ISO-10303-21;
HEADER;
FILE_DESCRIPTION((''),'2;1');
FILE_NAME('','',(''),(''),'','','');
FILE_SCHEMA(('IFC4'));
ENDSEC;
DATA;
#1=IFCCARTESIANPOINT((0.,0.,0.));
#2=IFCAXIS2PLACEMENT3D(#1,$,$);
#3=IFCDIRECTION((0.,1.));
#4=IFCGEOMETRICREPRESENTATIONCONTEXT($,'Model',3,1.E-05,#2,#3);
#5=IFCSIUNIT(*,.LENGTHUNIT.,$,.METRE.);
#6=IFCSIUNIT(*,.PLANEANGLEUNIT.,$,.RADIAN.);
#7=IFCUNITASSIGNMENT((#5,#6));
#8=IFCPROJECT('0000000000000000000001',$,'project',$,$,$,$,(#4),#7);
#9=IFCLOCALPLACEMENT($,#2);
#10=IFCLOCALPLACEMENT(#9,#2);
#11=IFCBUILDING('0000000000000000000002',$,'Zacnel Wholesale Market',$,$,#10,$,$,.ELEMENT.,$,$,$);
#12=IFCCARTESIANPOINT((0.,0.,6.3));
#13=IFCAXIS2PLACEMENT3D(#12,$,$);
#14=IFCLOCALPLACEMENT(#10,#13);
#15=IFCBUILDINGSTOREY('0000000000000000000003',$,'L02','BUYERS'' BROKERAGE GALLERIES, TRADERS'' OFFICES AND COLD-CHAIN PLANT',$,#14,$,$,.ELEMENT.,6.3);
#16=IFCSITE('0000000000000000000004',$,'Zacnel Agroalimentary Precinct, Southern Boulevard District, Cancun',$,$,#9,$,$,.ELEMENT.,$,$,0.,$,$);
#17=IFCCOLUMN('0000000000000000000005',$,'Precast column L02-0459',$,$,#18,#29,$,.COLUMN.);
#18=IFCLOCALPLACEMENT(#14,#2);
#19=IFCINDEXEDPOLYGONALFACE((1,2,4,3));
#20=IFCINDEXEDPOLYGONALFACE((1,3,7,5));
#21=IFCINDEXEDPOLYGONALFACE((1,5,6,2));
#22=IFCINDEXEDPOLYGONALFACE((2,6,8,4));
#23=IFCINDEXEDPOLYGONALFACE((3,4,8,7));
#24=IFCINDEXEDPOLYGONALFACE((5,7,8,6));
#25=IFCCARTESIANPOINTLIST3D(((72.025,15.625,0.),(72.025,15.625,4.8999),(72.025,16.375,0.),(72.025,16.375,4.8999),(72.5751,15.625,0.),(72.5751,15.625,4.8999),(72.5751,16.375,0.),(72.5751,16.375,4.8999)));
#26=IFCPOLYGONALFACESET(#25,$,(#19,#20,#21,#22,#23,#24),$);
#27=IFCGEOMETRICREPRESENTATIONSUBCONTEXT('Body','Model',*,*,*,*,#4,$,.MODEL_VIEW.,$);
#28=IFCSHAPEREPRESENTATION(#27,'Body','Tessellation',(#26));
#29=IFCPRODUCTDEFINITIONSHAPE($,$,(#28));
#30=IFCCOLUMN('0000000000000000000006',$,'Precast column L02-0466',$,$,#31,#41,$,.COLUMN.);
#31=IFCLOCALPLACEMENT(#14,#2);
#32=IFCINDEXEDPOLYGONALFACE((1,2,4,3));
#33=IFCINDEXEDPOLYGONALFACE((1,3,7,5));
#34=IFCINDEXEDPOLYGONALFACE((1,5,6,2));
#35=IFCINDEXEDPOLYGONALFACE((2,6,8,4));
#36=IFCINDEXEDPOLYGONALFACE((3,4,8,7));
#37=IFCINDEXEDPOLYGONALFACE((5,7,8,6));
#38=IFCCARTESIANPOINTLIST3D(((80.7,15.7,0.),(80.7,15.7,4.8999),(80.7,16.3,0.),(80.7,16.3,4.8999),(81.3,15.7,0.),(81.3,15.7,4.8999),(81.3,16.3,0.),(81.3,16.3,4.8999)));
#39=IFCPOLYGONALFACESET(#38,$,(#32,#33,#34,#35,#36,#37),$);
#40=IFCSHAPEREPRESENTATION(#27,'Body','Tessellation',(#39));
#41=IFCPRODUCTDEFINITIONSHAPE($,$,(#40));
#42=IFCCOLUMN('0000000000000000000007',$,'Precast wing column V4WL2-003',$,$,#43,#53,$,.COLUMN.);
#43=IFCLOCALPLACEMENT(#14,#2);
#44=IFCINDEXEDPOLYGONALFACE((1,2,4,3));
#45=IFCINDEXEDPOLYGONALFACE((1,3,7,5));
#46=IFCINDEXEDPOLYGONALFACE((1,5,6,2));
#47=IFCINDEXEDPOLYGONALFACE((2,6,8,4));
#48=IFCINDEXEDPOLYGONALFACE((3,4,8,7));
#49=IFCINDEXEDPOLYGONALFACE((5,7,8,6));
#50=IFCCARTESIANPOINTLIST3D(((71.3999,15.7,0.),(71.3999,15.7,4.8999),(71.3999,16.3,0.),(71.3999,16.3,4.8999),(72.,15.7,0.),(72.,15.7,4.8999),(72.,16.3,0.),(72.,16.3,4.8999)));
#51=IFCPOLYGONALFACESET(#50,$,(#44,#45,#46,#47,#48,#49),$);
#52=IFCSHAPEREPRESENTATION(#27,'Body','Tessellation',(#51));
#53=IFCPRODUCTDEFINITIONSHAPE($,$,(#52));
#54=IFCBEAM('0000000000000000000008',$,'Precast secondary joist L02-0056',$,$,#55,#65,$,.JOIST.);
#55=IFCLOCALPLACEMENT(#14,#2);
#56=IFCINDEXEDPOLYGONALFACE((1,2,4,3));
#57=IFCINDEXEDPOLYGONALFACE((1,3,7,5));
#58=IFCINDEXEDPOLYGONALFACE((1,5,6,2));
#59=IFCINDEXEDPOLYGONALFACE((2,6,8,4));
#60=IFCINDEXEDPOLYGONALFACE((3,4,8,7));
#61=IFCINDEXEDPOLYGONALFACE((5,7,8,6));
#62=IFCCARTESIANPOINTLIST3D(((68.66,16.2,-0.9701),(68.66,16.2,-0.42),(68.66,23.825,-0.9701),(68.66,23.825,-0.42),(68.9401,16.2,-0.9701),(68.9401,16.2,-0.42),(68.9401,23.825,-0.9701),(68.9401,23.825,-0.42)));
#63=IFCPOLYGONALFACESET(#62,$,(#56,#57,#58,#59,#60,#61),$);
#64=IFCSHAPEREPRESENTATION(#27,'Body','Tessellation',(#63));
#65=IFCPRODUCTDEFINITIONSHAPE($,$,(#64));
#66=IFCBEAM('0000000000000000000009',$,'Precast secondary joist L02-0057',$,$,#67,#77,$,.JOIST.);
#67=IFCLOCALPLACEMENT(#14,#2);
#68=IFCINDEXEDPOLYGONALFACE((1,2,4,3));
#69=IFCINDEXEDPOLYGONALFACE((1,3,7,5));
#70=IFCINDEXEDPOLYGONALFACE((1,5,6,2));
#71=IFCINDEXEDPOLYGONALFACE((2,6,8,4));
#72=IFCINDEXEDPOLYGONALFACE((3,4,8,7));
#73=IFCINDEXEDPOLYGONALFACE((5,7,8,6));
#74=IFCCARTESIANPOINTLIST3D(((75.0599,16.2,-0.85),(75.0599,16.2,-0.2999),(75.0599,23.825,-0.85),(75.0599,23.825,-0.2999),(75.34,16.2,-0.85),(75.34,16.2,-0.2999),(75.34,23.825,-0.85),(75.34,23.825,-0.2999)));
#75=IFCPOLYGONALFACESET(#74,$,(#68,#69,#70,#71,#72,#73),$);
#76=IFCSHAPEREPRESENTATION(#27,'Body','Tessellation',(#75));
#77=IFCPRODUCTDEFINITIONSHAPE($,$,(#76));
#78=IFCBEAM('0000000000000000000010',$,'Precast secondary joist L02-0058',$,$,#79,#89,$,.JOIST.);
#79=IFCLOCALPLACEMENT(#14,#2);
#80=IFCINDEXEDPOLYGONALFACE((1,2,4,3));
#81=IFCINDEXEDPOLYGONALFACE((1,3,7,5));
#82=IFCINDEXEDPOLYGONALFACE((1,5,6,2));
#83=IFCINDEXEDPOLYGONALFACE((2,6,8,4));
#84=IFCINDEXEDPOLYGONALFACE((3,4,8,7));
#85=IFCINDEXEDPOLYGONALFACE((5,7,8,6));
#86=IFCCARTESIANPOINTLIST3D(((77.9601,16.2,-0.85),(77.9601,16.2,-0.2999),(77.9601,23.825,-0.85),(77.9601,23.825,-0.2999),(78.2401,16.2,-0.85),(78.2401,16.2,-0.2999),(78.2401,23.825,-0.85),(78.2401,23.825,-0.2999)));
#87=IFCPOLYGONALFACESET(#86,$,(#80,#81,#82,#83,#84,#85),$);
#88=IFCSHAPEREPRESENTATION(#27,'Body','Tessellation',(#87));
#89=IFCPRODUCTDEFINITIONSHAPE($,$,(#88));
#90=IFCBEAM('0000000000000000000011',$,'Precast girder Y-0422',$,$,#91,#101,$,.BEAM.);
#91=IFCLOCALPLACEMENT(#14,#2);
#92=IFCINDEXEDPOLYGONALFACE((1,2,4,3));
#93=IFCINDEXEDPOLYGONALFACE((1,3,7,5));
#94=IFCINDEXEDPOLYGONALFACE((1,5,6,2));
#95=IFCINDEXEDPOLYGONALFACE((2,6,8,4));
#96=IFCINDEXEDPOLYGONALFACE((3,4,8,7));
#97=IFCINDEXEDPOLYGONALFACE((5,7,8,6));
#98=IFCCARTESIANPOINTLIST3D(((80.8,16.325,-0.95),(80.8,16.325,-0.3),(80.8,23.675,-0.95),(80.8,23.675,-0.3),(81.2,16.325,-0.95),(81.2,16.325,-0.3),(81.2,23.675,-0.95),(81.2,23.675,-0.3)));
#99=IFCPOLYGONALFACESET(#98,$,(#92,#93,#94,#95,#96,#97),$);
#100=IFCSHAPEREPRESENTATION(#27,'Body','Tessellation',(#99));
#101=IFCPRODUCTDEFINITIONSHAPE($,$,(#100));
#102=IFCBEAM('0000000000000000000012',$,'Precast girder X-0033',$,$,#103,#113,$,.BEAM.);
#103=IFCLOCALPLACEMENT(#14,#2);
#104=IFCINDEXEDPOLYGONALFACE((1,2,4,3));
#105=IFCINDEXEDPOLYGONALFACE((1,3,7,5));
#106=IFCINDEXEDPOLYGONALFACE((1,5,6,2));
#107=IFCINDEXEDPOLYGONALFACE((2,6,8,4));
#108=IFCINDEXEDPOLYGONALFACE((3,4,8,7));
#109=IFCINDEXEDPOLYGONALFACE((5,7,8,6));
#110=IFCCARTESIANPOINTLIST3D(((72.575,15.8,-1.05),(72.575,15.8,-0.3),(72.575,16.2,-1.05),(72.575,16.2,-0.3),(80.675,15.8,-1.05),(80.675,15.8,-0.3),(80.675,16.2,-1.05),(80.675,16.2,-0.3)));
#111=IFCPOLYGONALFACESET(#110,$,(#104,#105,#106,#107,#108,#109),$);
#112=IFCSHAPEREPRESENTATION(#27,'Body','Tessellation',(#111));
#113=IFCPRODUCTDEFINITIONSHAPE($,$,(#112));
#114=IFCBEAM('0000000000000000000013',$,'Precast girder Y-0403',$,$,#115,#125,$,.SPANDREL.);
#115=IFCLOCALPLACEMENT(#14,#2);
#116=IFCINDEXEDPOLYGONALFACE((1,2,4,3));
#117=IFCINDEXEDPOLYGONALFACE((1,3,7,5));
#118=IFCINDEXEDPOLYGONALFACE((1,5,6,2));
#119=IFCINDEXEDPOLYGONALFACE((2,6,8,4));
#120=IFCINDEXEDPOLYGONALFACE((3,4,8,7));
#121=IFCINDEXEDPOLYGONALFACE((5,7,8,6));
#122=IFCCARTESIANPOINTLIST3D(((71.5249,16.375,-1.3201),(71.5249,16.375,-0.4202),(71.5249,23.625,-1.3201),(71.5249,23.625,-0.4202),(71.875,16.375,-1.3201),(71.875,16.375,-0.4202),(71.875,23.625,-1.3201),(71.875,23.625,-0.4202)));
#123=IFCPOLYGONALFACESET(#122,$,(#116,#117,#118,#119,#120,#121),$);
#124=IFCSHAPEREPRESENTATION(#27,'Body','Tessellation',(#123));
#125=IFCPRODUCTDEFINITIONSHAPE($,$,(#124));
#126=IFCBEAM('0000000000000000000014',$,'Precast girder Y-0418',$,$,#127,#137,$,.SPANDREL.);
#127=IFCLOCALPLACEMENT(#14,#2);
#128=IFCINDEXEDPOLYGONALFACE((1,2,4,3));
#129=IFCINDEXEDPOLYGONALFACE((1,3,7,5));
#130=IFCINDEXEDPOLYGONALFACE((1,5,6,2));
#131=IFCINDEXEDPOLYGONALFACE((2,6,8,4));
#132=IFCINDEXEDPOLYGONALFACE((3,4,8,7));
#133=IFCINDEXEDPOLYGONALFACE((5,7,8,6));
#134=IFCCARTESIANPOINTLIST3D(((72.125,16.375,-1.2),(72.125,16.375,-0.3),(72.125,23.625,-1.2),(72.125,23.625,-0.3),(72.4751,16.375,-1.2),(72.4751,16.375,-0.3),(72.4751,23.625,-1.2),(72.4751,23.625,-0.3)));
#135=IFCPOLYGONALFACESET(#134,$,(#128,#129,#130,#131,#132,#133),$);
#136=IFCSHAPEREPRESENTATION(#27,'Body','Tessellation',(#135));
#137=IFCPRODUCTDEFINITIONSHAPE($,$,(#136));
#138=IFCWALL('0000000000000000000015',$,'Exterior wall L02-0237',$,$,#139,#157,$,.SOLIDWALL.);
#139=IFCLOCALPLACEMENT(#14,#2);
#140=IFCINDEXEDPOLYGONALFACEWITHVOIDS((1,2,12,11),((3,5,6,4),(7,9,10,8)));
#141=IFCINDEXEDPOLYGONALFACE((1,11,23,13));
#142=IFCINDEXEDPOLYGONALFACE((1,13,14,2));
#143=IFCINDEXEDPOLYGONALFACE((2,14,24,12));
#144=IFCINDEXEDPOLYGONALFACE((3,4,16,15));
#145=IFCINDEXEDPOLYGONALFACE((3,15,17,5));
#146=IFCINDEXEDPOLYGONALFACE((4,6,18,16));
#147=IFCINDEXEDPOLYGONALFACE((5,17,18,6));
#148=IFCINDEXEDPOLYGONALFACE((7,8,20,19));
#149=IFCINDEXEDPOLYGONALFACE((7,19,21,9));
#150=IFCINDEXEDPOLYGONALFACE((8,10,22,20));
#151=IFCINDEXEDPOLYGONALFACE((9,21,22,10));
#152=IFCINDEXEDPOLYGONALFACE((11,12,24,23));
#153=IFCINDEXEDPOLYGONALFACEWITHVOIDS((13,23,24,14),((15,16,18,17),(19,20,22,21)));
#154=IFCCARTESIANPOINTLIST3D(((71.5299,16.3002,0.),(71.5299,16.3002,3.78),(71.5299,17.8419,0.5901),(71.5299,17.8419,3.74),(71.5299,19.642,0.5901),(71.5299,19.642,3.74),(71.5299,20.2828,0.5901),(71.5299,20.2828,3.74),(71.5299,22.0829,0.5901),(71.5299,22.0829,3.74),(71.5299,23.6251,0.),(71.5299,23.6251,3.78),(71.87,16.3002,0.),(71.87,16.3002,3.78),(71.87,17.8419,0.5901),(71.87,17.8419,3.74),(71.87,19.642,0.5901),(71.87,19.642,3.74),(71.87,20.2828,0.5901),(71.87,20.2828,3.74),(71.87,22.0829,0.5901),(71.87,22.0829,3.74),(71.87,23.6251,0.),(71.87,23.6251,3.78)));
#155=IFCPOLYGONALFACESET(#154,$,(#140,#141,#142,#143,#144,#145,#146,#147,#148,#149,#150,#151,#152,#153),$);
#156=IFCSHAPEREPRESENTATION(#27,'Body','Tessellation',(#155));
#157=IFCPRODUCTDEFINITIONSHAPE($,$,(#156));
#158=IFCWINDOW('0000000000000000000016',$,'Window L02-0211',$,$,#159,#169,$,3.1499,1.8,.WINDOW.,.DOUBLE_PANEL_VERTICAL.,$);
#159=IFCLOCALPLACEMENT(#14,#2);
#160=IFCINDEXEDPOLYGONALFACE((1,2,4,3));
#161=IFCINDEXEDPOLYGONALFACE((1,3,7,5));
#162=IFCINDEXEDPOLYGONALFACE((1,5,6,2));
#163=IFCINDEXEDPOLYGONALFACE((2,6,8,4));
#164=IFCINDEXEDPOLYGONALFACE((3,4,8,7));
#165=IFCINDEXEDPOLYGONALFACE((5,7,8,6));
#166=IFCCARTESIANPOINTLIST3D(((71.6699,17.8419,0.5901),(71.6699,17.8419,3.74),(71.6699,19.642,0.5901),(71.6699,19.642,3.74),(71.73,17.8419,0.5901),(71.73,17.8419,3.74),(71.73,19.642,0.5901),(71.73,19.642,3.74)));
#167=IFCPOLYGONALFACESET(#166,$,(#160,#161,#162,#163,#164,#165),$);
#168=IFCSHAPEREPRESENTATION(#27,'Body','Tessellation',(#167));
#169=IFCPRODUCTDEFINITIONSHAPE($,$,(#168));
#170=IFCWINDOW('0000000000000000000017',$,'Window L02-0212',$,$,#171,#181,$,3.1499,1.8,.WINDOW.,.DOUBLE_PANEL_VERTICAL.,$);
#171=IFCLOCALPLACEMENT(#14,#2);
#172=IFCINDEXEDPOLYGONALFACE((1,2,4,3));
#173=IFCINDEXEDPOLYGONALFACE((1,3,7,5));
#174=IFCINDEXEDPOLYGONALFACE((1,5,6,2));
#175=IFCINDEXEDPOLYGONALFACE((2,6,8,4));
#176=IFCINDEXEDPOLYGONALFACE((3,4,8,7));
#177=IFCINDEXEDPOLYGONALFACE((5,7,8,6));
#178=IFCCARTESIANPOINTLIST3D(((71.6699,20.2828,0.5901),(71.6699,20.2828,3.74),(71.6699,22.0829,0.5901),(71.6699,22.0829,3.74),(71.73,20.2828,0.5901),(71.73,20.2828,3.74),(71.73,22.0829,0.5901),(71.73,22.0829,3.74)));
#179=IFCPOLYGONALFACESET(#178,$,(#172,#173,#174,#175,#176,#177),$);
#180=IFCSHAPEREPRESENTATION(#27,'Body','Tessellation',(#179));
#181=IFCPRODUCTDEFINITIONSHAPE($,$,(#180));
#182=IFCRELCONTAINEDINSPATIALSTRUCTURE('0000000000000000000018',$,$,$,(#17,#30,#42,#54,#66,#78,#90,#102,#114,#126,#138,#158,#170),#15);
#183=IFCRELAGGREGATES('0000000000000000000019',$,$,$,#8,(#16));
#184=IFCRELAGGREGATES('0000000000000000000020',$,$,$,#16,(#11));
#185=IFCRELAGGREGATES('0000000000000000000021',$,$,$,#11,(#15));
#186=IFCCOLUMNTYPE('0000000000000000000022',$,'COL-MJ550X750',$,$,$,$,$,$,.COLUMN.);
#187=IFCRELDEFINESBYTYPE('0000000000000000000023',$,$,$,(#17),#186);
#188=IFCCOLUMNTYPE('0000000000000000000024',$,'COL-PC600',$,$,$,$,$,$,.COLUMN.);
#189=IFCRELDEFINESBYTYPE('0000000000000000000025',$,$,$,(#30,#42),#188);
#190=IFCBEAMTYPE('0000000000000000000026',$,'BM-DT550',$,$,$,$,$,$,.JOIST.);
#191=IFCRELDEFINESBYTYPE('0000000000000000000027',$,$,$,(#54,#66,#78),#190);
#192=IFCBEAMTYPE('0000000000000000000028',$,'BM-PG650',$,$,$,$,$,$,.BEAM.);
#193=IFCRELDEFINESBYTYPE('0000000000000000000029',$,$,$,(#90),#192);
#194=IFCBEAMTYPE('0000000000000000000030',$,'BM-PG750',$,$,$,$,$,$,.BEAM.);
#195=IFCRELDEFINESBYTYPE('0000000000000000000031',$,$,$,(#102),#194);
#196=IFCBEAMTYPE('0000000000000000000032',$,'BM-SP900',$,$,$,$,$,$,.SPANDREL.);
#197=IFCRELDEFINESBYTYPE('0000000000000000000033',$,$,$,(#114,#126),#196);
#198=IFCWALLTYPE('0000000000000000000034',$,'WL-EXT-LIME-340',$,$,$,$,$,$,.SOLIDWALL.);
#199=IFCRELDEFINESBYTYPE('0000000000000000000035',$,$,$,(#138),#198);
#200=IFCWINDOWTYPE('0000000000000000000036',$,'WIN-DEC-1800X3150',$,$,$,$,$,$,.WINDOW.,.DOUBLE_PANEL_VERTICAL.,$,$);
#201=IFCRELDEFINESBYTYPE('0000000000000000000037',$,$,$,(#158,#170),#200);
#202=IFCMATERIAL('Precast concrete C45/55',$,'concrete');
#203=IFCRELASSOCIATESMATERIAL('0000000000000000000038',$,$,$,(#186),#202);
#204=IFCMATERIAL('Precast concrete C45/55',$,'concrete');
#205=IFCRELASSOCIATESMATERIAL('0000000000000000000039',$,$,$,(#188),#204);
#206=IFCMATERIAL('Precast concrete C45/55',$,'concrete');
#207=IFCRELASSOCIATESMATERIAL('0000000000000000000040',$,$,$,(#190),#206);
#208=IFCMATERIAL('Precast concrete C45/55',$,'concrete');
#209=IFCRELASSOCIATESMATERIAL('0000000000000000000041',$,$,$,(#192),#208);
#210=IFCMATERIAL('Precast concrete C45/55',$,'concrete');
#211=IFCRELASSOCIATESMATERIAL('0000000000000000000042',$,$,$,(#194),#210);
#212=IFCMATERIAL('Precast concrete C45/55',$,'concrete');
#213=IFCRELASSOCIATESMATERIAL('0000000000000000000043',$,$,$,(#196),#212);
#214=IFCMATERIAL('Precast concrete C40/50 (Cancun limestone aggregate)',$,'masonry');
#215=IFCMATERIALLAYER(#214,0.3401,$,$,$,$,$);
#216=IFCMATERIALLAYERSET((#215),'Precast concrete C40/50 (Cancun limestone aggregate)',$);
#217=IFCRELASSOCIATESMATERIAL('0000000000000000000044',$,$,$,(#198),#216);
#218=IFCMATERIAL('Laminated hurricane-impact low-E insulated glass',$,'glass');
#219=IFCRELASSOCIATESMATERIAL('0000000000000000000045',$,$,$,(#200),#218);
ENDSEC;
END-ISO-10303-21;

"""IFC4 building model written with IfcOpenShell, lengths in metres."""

from ifc_helpers import new_model, si_unit, direction, frame, frame_2d, origin, origin_2d, place, context, subcontext, project, spatial, rectangle, extrude, material, layer, layer_set, material_profile, profile_set, type_object, element, fill, save


model = new_model("IFC4")

# Units and contexts
model_context = context("Model", 3, precision=1e-05, world=origin(), true_north=direction((0.0, 1.0)))
body_context = subcontext(model_context, "Body", "Model", "MODEL_VIEW")
ifc_project = project(units=[si_unit("LENGTHUNIT", "METRE"), si_unit("PLANEANGLEUNIT", "RADIAN")], contexts=[model_context])

# Site, building, storey
site_placement = place(None, origin())
site = spatial("IfcSite", under=ifc_project, at=site_placement, Name="Zacnel Agroalimentary Precinct, Southern Boulevard District, Cancun", CompositionType="ELEMENT", RefElevation=0.0)
building_placement = place(site_placement, origin())
building = spatial("IfcBuilding", under=site, at=building_placement, Name="Zacnel Wholesale Market", CompositionType="ELEMENT")
storey_placement = place(building_placement, frame((0.0, 0.0, 6.3)))
storey = spatial("IfcBuildingStorey", under=building, at=storey_placement, Name="L02", Description="BUYERS' BROKERAGE GALLERIES, TRADERS' OFFICES AND COLD-CHAIN PLANT", CompositionType="ELEMENT", Elevation=6.3)

# Columns
ifc_material_1 = material(Name="Precast concrete C45/55", Category="concrete")
ifc_material_profile_1 = material_profile(ifc_material_1, rectangle(XDim=0.55, YDim=0.75, at=origin_2d()), Name="PC 550x750")
ifc_profile_set_1 = profile_set([ifc_material_profile_1], Name="Precast concrete C45/55")
column_type_1 = type_object("IfcColumnType", Name="COL-MJ550X750", PredefinedType="COLUMN", material=ifc_profile_set_1)
column_placement = place(storey_placement, frame((72.3, 16.0, 0.0), z_axis=(0.0, 0.0, 1.0), x_axis=(1.0, 0.0, 0.0)))
element("IfcColumn", 1, at=column_placement, inside=storey, type_object=column_type_1, Name="Precast column L02-0459", PredefinedType="COLUMN", context=body_context, shape_type="SweptSolid", body=[
    extrude(rectangle(XDim=0.55, YDim=0.75, at=origin_2d()), origin(), (0.0, 0.0, 1.0), 4.8999),
])
ifc_material_2 = material(Name="Precast concrete C45/55", Category="concrete")
ifc_material_profile_2 = material_profile(ifc_material_2, rectangle(XDim=0.6001, YDim=0.6001, at=origin_2d()), Name="PC 600x600")
ifc_profile_set_2 = profile_set([ifc_material_profile_2], Name="Precast concrete C45/55")
column_type_2 = type_object("IfcColumnType", Name="COL-PC600", PredefinedType="COLUMN", material=ifc_profile_set_2)
for number, where, z_axis, x_axis, name in (
    (2, (81.0, 16.0, 0.0), (0.0, 0.0, 1.0), (1.0, 0.0, 0.0), "Precast column L02-0466"),
    (3, (71.7, 16.0, 0.0), (0.0, 0.0, 1.0), (1.0, 0.0, 0.0), "Precast wing column V4WL2-003"),
):
    element("IfcColumn", number, at=place(storey_placement, frame(where, z_axis=z_axis, x_axis=x_axis)), inside=storey, type_object=column_type_2, Name=name, PredefinedType="COLUMN", context=body_context, shape_type="SweptSolid", body=[
        extrude(rectangle(XDim=0.6001, YDim=0.6001, at=origin_2d()), origin(), (0.0, 0.0, 1.0), 4.8999),
    ])

# Beams
ifc_material_3 = material(Name="Precast concrete C45/55", Category="concrete")
ifc_material_profile_3 = material_profile(ifc_material_3, rectangle(XDim=0.28, YDim=0.55, at=origin_2d()), Name="DT RIB 280x550")
ifc_profile_set_3 = profile_set([ifc_material_profile_3], Name="Precast concrete C45/55")
beam_type_1 = type_object("IfcBeamType", Name="BM-DT550", PredefinedType="JOIST", material=ifc_profile_set_3)
for number, where, z_axis, x_axis, name in (
    (4, (68.8, 16.2, -0.6951), (0.0, 1.0, 0.0), (-1.0, 0.0, 0.0), "Precast secondary joist L02-0056"),
    (5, (75.2, 16.2, -0.575), (0.0, 1.0, 0.0), (-1.0, 0.0, 0.0), "Precast secondary joist L02-0057"),
    (6, (78.1001, 16.2, -0.575), (0.0, 1.0, 0.0), (-1.0, 0.0, 0.0), "Precast secondary joist L02-0058"),
):
    element("IfcBeam", number, at=place(storey_placement, frame(where, z_axis=z_axis, x_axis=x_axis)), inside=storey, type_object=beam_type_1, Name=name, PredefinedType="JOIST", context=body_context, shape_type="SweptSolid", body=[
        extrude(rectangle(XDim=0.28, YDim=0.55, at=origin_2d()), origin(), (0.0, 0.0, 1.0), 7.625),
    ])
ifc_material_4 = material(Name="Precast concrete C45/55", Category="concrete")
ifc_material_profile_4 = material_profile(ifc_material_4, rectangle(XDim=0.3999, YDim=0.6499, at=origin_2d()), Name="PG 400x650")
ifc_profile_set_4 = profile_set([ifc_material_profile_4], Name="Precast concrete C45/55")
beam_type_2 = type_object("IfcBeamType", Name="BM-PG650", PredefinedType="BEAM", material=ifc_profile_set_4)
beam_1_placement = place(storey_placement, frame((81.0, 16.325, -0.625), z_axis=(0.0, 1.0, 0.0), x_axis=(-1.0, 0.0, 0.0)))
element("IfcBeam", 7, at=beam_1_placement, inside=storey, type_object=beam_type_2, Name="Precast girder Y-0422", PredefinedType="BEAM", context=body_context, shape_type="SweptSolid", body=[
    extrude(rectangle(XDim=0.3999, YDim=0.6499, at=origin_2d()), origin(), (0.0, 0.0, 1.0), 7.3501),
])
ifc_material_5 = material(Name="Precast concrete C45/55", Category="concrete")
ifc_material_profile_5 = material_profile(ifc_material_5, rectangle(XDim=0.3999, YDim=0.75, at=origin_2d()), Name="PG 400x750")
ifc_profile_set_5 = profile_set([ifc_material_profile_5], Name="Precast concrete C45/55")
beam_type_3 = type_object("IfcBeamType", Name="BM-PG750", PredefinedType="BEAM", material=ifc_profile_set_5)
beam_2_placement = place(storey_placement, frame((72.575, 16.0, -0.675), z_axis=(1.0, 0.0, 0.0), x_axis=(0.0, 1.0, 0.0)))
element("IfcBeam", 8, at=beam_2_placement, inside=storey, type_object=beam_type_3, Name="Precast girder X-0033", PredefinedType="BEAM", context=body_context, shape_type="SweptSolid", body=[
    extrude(rectangle(XDim=0.3999, YDim=0.75, at=origin_2d()), origin(), (0.0, 0.0, 1.0), 8.1001),
])
ifc_material_6 = material(Name="Precast concrete C45/55", Category="concrete")
ifc_material_profile_6 = material_profile(ifc_material_6, rectangle(XDim=0.3501, YDim=0.8999, at=origin_2d()), Name="SP 350x900")
ifc_profile_set_6 = profile_set([ifc_material_profile_6], Name="Precast concrete C45/55")
beam_type_4 = type_object("IfcBeamType", Name="BM-SP900", PredefinedType="SPANDREL", material=ifc_profile_set_6)
for number, where, z_axis, x_axis, name in (
    (9, (71.7, 16.375, -0.8701), (0.0, 1.0, 0.0), (-1.0, 0.0, 0.0), "Precast girder Y-0403"),
    (10, (72.3, 16.375, -0.75), (0.0, 1.0, 0.0), (-1.0, 0.0, 0.0), "Precast girder Y-0418"),
):
    element("IfcBeam", number, at=place(storey_placement, frame(where, z_axis=z_axis, x_axis=x_axis)), inside=storey, type_object=beam_type_4, Name=name, PredefinedType="SPANDREL", context=body_context, shape_type="SweptSolid", body=[
        extrude(rectangle(XDim=0.3501, YDim=0.8999, at=origin_2d()), origin(), (0.0, 0.0, 1.0), 7.25),
    ])

# Wall, openings, windows
ifc_material_7 = material(Name="Precast concrete C40/50 (Cancun limestone aggregate)", Category="masonry")
ifc_layer_1 = layer(ifc_material_7, 0.3401)
ifc_layer_set_1 = layer_set([ifc_layer_1], Name="Precast concrete C40/50 (Cancun limestone aggregate)")
wall_type_1 = type_object("IfcWallType", Name="WL-EXT-LIME-340", PredefinedType="SOLIDWALL", material=ifc_layer_set_1)
wall_1_placement = place(storey_placement, frame((71.7, 16.3, 0.0), z_axis=(0.0, 0.0, 1.0), x_axis=(0.0, 1.0, 0.0)))
wall_1 = element("IfcWall", 11, at=wall_1_placement, inside=storey, type_object=wall_type_1, Name="Exterior wall L02-0237", PredefinedType="SOLIDWALL", context=body_context, shape_type="SweptSolid", body=[
    extrude(rectangle(XDim=7.325, YDim=0.3401, at=frame_2d((3.6626, 0.0))), origin(), (0.0, 0.0, 1.0), 3.78),
])
opening_1_placement = place(wall_1_placement, frame((1.542, 0.0, 0.5901)))
opening_1 = element("IfcOpeningElement", 12, at=opening_1_placement, cuts=wall_1, PredefinedType="OPENING", context=body_context, shape_type="SweptSolid", body=[
    extrude(rectangle(XDim=1.8, YDim=3.1499, at=frame_2d((0.8999, 1.575))), frame((0.0, 0.1799, 0.0), z_axis=(0.0, -1.0, 0.0), x_axis=(1.0, 0.0, 0.0)), (0.0, 0.0, 1.0), 0.3601),
])
opening_2_placement = place(wall_1_placement, frame((3.9829, 0.0, 0.5901)))
opening_2 = element("IfcOpeningElement", 13, at=opening_2_placement, cuts=wall_1, PredefinedType="OPENING", context=body_context, shape_type="SweptSolid", body=[
    extrude(rectangle(XDim=1.8, YDim=3.1499, at=frame_2d((0.8999, 1.575))), frame((0.0, 0.1799, 0.0), z_axis=(0.0, -1.0, 0.0), x_axis=(1.0, 0.0, 0.0)), (0.0, 0.0, 1.0), 0.3601),
])
ifc_material_8 = material(Name="Laminated hurricane-impact low-E insulated glass", Category="glass")
window_type = type_object("IfcWindowType", Name="WIN-DEC-1800X3150", PartitioningType="DOUBLE_PANEL_VERTICAL", PredefinedType="WINDOW", material=ifc_material_8)
window_1_placement = place(opening_1_placement, origin())
window_1 = element("IfcWindow", 14, at=window_1_placement, inside=storey, type_object=window_type, Name="Window L02-0211", OverallHeight=3.1499, OverallWidth=1.8, PartitioningType="DOUBLE_PANEL_VERTICAL", PredefinedType="WINDOW", context=body_context, shape_type="SweptSolid", body=[
    extrude(rectangle(XDim=1.8, YDim=3.1499, at=frame_2d((0.8999, 1.575))), frame((0.0, 0.03, 0.0), z_axis=(0.0, -1.0, 0.0), x_axis=(1.0, 0.0, 0.0)), (0.0, 0.0, 1.0), 0.0601),
])
fill(opening_1, window_1)
window_2_placement = place(opening_2_placement, origin())
window_2 = element("IfcWindow", 15, at=window_2_placement, inside=storey, type_object=window_type, Name="Window L02-0212", OverallHeight=3.1499, OverallWidth=1.8, PartitioningType="DOUBLE_PANEL_VERTICAL", PredefinedType="WINDOW", context=body_context, shape_type="SweptSolid", body=[
    extrude(rectangle(XDim=1.8, YDim=3.1499, at=frame_2d((0.8999, 1.575))), frame((0.0, 0.03, 0.0), z_axis=(0.0, -1.0, 0.0), x_axis=(1.0, 0.0, 0.0)), (0.0, 0.0, 1.0), 0.0601),
])
fill(opening_2, window_2)

save(model, "model.ifc")
